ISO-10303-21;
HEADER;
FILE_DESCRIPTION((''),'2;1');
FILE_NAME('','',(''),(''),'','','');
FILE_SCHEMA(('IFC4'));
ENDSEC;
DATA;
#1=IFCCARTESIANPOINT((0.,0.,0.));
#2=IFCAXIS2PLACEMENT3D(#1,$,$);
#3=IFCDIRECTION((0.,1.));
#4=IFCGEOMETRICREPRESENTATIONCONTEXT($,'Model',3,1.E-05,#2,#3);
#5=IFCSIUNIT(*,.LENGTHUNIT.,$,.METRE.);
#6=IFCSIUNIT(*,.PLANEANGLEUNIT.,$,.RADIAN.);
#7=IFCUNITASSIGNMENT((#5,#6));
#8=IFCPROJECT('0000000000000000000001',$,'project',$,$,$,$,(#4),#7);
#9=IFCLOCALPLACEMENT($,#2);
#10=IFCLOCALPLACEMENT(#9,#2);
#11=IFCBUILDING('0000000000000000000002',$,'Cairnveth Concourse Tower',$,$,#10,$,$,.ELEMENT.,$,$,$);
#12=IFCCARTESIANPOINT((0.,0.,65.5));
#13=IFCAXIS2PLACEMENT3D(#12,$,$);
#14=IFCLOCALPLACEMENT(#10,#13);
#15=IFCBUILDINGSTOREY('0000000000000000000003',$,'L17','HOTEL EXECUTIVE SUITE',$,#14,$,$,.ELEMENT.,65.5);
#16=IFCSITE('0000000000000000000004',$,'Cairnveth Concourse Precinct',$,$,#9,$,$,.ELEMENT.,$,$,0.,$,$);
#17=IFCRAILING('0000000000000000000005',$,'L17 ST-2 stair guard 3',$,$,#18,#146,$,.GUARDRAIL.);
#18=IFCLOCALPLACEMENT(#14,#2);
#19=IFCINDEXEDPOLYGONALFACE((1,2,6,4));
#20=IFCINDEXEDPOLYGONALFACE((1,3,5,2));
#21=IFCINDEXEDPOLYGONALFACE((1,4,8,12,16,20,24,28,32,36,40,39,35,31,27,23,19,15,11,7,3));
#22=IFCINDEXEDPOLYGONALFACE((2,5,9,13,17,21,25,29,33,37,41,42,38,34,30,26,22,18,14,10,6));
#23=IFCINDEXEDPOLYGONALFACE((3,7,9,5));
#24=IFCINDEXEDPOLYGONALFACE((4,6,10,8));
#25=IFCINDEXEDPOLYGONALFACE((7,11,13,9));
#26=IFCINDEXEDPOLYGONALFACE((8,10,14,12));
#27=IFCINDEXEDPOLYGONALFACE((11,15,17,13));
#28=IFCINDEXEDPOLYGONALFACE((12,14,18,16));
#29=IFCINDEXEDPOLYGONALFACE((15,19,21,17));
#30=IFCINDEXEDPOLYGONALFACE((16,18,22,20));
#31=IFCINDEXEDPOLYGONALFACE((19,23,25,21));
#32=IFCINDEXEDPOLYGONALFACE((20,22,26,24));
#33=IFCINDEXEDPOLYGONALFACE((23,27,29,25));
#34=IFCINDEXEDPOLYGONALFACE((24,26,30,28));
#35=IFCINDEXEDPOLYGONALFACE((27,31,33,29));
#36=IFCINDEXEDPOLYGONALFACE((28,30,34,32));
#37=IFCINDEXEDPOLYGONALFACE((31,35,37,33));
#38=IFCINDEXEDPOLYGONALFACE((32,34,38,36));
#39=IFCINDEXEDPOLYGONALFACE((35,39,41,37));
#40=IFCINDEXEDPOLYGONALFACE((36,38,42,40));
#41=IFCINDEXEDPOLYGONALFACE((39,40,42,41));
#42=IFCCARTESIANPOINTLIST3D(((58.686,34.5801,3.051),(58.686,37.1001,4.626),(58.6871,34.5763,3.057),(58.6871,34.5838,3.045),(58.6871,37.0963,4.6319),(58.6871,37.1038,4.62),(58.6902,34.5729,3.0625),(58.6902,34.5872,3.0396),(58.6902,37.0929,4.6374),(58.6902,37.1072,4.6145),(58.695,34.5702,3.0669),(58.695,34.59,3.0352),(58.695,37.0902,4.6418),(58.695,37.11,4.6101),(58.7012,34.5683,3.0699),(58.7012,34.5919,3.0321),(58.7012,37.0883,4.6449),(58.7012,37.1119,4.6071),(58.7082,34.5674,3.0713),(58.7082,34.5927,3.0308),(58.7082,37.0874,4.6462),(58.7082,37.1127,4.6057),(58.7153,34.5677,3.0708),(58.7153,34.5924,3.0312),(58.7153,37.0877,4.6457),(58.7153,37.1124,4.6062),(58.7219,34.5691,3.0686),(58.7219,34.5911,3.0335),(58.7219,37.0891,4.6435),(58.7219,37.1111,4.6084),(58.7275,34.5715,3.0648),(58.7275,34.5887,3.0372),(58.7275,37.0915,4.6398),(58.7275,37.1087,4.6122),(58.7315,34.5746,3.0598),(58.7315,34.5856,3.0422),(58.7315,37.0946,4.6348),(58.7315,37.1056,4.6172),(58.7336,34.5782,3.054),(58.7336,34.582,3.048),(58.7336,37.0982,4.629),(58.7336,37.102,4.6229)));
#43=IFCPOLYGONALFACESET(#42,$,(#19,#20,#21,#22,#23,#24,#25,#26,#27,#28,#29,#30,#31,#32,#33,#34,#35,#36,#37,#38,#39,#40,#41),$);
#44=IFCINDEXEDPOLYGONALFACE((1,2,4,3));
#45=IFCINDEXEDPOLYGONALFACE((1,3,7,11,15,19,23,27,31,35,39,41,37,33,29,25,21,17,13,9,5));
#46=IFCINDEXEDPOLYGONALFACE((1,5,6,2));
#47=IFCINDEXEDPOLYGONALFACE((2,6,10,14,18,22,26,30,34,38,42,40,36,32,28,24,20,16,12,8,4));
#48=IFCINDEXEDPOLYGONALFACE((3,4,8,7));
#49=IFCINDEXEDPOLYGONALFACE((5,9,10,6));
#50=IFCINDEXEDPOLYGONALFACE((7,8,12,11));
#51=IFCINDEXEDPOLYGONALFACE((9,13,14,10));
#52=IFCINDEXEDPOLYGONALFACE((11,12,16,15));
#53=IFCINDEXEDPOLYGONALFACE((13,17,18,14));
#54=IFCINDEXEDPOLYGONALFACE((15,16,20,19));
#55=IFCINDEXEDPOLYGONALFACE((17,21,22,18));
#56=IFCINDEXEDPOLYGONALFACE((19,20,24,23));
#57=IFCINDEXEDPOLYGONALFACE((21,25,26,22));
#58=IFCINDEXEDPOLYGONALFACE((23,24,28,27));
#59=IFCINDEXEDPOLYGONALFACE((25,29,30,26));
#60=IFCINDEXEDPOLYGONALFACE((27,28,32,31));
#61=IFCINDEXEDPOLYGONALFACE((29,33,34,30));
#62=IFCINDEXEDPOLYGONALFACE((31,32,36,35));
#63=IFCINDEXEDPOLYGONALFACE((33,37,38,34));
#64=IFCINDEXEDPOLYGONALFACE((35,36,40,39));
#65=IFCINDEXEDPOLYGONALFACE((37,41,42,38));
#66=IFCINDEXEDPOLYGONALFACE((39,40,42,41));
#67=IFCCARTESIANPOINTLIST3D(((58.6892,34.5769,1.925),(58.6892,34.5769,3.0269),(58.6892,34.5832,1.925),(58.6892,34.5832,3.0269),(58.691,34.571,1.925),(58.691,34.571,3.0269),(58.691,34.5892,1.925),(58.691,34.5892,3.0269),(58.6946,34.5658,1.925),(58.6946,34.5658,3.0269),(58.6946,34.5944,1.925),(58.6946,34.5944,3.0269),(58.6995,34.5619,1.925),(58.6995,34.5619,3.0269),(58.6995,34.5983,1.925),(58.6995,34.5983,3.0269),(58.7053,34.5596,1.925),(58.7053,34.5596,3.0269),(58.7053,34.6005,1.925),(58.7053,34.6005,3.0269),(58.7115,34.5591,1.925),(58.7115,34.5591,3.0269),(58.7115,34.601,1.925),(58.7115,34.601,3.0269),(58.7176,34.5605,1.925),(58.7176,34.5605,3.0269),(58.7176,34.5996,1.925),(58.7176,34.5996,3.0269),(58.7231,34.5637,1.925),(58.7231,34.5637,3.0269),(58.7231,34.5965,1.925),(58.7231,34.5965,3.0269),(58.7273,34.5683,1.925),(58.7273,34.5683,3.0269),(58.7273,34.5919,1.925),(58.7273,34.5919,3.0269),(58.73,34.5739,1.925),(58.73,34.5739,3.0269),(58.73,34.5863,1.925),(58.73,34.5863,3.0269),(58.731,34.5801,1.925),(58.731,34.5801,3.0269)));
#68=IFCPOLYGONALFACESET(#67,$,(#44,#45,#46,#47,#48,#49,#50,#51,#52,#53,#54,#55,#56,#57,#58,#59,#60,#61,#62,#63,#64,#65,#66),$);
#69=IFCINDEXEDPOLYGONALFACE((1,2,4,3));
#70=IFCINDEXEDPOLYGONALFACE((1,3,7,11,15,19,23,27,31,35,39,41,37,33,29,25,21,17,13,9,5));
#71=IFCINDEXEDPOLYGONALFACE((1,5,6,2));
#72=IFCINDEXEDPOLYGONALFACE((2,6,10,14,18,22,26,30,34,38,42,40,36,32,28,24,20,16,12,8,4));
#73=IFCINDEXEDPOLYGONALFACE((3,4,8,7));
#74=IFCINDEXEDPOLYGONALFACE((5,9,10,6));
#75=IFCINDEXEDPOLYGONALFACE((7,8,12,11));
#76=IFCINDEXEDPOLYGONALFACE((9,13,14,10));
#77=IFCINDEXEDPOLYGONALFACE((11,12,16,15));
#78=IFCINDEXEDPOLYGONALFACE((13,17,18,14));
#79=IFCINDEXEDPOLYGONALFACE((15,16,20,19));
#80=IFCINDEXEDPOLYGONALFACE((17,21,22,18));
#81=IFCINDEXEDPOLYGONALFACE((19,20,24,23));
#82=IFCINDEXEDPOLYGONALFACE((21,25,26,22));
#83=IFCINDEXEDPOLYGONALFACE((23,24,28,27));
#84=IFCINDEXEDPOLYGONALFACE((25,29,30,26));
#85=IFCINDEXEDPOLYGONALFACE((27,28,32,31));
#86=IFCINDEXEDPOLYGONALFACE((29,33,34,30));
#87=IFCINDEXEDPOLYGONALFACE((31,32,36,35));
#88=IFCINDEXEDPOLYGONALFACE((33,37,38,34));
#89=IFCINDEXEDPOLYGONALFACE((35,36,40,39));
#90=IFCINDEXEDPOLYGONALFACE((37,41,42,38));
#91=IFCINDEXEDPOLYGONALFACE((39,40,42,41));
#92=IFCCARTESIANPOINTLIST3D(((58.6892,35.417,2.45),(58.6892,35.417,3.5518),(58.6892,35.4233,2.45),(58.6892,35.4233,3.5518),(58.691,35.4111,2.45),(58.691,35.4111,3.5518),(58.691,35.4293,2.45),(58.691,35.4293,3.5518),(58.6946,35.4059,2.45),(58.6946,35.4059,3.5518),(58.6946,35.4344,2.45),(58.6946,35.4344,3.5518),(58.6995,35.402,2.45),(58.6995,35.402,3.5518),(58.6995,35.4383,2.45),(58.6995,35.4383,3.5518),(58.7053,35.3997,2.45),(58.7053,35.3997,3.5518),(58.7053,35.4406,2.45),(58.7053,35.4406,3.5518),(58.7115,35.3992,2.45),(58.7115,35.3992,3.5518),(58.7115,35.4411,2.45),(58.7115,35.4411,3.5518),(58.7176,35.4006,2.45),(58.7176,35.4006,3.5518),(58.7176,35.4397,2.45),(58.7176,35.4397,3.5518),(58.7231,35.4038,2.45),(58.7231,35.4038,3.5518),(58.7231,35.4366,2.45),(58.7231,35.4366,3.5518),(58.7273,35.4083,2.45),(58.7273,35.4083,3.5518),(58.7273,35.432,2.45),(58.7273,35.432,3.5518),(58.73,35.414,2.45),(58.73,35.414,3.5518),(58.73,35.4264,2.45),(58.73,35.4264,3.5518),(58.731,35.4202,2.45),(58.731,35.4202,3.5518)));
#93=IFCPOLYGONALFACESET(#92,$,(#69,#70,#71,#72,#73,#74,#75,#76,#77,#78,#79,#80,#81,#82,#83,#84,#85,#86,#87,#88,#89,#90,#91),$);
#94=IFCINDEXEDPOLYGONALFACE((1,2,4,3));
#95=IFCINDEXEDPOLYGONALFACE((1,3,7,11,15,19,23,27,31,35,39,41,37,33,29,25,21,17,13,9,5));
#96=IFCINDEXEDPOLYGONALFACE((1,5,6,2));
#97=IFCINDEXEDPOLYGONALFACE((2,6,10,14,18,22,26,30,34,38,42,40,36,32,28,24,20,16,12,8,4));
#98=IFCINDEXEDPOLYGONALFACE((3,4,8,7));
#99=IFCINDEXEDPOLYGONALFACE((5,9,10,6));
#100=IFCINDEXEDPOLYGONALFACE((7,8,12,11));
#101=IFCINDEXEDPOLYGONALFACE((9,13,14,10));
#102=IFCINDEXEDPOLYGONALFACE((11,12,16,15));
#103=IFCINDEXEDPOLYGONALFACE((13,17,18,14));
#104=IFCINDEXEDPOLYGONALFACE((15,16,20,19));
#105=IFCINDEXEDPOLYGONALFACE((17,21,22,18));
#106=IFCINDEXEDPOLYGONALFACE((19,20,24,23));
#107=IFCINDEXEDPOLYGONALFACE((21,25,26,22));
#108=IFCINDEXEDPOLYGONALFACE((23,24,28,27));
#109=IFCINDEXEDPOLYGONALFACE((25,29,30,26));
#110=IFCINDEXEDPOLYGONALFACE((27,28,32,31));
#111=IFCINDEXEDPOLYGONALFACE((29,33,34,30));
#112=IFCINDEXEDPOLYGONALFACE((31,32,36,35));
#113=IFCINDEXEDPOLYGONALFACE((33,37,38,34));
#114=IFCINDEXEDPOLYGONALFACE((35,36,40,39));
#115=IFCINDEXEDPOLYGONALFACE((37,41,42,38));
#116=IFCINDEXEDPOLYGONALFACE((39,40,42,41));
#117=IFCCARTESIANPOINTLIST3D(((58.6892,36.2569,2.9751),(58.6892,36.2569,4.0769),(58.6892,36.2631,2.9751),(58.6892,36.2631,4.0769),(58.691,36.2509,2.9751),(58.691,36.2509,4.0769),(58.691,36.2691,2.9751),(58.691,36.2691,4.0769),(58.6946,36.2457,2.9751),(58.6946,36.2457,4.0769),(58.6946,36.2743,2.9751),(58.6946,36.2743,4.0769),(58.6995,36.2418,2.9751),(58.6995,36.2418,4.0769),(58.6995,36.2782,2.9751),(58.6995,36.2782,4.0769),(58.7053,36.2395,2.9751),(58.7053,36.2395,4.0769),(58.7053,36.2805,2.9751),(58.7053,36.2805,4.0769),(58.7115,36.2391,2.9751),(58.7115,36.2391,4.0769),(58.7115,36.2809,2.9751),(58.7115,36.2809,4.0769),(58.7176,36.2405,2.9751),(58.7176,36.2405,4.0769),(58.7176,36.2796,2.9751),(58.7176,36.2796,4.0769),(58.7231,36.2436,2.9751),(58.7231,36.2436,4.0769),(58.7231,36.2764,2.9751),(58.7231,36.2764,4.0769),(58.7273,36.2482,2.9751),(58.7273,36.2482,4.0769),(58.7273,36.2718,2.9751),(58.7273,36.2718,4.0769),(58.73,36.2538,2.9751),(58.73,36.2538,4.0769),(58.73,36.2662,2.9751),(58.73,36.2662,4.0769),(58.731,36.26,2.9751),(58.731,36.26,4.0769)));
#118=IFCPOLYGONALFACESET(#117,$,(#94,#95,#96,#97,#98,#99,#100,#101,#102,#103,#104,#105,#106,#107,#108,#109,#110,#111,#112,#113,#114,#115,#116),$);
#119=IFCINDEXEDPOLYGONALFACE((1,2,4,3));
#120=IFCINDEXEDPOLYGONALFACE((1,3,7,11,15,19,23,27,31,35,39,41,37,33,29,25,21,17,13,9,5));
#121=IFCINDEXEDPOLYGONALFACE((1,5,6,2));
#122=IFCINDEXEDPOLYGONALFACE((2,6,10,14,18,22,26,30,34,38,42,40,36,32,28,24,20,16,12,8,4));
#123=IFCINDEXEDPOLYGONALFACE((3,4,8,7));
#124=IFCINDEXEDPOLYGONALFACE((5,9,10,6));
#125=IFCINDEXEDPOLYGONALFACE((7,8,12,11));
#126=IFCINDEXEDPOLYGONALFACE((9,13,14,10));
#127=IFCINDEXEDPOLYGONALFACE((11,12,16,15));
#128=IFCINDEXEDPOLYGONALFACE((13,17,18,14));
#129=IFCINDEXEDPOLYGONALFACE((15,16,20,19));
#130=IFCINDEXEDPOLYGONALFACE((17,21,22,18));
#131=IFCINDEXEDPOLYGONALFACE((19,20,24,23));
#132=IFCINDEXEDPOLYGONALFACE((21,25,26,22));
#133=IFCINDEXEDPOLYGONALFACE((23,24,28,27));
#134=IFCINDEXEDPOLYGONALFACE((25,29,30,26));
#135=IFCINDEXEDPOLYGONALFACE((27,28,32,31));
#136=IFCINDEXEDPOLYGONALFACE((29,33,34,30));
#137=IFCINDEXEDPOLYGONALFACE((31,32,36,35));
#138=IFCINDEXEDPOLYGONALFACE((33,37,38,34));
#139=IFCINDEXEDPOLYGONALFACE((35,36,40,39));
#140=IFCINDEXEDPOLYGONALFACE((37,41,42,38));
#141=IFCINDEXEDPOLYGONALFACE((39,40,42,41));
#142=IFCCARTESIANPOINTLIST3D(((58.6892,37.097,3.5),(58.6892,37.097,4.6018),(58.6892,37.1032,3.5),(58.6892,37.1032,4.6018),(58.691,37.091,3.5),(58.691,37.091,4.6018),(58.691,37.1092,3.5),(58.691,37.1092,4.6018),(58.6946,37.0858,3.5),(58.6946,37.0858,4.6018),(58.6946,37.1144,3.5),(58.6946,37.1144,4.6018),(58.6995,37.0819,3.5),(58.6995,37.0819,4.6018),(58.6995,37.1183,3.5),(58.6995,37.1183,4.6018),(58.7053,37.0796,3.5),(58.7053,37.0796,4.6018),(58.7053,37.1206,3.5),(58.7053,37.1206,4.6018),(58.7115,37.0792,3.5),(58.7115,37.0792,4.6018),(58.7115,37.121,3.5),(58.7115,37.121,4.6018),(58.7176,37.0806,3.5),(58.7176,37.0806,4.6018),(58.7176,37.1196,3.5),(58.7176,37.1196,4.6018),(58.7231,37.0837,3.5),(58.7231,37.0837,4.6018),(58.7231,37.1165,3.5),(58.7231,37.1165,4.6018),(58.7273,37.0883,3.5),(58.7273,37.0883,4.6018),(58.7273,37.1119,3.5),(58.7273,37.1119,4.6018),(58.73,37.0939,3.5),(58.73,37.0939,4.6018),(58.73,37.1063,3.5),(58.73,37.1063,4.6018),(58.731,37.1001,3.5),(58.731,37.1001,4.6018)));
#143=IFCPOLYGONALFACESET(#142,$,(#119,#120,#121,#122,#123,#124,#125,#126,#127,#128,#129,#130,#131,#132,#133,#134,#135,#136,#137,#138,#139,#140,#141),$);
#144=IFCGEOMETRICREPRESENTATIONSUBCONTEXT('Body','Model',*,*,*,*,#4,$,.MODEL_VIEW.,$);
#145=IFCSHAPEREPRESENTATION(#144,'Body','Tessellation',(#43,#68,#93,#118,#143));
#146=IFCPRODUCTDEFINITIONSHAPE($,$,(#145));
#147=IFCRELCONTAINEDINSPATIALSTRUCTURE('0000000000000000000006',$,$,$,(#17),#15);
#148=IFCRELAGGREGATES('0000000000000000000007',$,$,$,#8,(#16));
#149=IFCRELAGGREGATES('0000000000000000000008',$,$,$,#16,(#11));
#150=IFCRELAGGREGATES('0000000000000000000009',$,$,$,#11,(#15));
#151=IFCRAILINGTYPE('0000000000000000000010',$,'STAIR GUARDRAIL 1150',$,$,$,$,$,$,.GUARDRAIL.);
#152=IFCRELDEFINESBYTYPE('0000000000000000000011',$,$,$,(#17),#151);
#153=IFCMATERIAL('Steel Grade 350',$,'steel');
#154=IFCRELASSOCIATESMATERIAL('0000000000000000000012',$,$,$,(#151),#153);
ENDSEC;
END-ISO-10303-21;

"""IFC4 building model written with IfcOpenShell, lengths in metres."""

from ifc_helpers import new_model, si_unit, direction, frame, origin, origin_2d, place, context, subcontext, project, spatial, circle, extrude, material, type_object, element, save


model = new_model("IFC4")

# Units and contexts
model_context = context("Model", 3, precision=1e-05, world=origin(), true_north=direction((0.0, 1.0)))
body_context = subcontext(model_context, "Body", "Model", "MODEL_VIEW")
ifc_project = project(units=[si_unit("LENGTHUNIT", "METRE"), si_unit("PLANEANGLEUNIT", "RADIAN")], contexts=[model_context])

# Site, building, storey
site_placement = place(None, origin())
site = spatial("IfcSite", under=ifc_project, at=site_placement, Name="Cairnveth Concourse Precinct", CompositionType="ELEMENT", RefElevation=0.0)
building_placement = place(site_placement, origin())
building = spatial("IfcBuilding", under=site, at=building_placement, Name="Cairnveth Concourse Tower", CompositionType="ELEMENT")
storey_placement = place(building_placement, frame((0.0, 0.0, 65.5)))
storey = spatial("IfcBuildingStorey", under=building, at=storey_placement, Name="L17", Description="HOTEL EXECUTIVE SUITE", CompositionType="ELEMENT", Elevation=65.5)

# Railing
ifc_material_1 = material(Name="Steel Grade 350", Category="steel")
railing_type_1 = type_object("IfcRailingType", Name="STAIR GUARDRAIL 1150", PredefinedType="GUARDRAIL", material=ifc_material_1)
railing_1_placement = place(storey_placement, frame((58.71, 34.5801, 1.925)))
element("IfcRailing", 1, at=railing_1_placement, inside=storey, type_object=railing_type_1, Name="L17 ST-2 stair guard 3", PredefinedType="GUARDRAIL", context=body_context, shape_type="SweptSolid", body=[
    extrude(circle(Radius=0.0239, at=origin_2d()), frame((0.0, 0.0, 1.126), z_axis=(0.0, 0.848008, 0.529984), x_axis=(-1.0, 0.0, 0.0)), (0.0, 0.0, 1.0), 2.9717),
    extrude(circle(Radius=0.021, at=origin_2d()), origin(), (0.0, 0.0, 1.0), 1.1018),
    extrude(circle(Radius=0.021, at=origin_2d()), frame((0.0, 0.8401, 0.5249)), (0.0, 0.0, 1.0), 1.1018),
    extrude(circle(Radius=0.021, at=origin_2d()), frame((0.0, 1.6799, 1.05)), (0.0, 0.0, 1.0), 1.1018),
    extrude(circle(Radius=0.021, at=origin_2d()), frame((0.0, 2.52, 1.575)), (0.0, 0.0, 1.0), 1.1018),
])

save(model, "model.ifc")
